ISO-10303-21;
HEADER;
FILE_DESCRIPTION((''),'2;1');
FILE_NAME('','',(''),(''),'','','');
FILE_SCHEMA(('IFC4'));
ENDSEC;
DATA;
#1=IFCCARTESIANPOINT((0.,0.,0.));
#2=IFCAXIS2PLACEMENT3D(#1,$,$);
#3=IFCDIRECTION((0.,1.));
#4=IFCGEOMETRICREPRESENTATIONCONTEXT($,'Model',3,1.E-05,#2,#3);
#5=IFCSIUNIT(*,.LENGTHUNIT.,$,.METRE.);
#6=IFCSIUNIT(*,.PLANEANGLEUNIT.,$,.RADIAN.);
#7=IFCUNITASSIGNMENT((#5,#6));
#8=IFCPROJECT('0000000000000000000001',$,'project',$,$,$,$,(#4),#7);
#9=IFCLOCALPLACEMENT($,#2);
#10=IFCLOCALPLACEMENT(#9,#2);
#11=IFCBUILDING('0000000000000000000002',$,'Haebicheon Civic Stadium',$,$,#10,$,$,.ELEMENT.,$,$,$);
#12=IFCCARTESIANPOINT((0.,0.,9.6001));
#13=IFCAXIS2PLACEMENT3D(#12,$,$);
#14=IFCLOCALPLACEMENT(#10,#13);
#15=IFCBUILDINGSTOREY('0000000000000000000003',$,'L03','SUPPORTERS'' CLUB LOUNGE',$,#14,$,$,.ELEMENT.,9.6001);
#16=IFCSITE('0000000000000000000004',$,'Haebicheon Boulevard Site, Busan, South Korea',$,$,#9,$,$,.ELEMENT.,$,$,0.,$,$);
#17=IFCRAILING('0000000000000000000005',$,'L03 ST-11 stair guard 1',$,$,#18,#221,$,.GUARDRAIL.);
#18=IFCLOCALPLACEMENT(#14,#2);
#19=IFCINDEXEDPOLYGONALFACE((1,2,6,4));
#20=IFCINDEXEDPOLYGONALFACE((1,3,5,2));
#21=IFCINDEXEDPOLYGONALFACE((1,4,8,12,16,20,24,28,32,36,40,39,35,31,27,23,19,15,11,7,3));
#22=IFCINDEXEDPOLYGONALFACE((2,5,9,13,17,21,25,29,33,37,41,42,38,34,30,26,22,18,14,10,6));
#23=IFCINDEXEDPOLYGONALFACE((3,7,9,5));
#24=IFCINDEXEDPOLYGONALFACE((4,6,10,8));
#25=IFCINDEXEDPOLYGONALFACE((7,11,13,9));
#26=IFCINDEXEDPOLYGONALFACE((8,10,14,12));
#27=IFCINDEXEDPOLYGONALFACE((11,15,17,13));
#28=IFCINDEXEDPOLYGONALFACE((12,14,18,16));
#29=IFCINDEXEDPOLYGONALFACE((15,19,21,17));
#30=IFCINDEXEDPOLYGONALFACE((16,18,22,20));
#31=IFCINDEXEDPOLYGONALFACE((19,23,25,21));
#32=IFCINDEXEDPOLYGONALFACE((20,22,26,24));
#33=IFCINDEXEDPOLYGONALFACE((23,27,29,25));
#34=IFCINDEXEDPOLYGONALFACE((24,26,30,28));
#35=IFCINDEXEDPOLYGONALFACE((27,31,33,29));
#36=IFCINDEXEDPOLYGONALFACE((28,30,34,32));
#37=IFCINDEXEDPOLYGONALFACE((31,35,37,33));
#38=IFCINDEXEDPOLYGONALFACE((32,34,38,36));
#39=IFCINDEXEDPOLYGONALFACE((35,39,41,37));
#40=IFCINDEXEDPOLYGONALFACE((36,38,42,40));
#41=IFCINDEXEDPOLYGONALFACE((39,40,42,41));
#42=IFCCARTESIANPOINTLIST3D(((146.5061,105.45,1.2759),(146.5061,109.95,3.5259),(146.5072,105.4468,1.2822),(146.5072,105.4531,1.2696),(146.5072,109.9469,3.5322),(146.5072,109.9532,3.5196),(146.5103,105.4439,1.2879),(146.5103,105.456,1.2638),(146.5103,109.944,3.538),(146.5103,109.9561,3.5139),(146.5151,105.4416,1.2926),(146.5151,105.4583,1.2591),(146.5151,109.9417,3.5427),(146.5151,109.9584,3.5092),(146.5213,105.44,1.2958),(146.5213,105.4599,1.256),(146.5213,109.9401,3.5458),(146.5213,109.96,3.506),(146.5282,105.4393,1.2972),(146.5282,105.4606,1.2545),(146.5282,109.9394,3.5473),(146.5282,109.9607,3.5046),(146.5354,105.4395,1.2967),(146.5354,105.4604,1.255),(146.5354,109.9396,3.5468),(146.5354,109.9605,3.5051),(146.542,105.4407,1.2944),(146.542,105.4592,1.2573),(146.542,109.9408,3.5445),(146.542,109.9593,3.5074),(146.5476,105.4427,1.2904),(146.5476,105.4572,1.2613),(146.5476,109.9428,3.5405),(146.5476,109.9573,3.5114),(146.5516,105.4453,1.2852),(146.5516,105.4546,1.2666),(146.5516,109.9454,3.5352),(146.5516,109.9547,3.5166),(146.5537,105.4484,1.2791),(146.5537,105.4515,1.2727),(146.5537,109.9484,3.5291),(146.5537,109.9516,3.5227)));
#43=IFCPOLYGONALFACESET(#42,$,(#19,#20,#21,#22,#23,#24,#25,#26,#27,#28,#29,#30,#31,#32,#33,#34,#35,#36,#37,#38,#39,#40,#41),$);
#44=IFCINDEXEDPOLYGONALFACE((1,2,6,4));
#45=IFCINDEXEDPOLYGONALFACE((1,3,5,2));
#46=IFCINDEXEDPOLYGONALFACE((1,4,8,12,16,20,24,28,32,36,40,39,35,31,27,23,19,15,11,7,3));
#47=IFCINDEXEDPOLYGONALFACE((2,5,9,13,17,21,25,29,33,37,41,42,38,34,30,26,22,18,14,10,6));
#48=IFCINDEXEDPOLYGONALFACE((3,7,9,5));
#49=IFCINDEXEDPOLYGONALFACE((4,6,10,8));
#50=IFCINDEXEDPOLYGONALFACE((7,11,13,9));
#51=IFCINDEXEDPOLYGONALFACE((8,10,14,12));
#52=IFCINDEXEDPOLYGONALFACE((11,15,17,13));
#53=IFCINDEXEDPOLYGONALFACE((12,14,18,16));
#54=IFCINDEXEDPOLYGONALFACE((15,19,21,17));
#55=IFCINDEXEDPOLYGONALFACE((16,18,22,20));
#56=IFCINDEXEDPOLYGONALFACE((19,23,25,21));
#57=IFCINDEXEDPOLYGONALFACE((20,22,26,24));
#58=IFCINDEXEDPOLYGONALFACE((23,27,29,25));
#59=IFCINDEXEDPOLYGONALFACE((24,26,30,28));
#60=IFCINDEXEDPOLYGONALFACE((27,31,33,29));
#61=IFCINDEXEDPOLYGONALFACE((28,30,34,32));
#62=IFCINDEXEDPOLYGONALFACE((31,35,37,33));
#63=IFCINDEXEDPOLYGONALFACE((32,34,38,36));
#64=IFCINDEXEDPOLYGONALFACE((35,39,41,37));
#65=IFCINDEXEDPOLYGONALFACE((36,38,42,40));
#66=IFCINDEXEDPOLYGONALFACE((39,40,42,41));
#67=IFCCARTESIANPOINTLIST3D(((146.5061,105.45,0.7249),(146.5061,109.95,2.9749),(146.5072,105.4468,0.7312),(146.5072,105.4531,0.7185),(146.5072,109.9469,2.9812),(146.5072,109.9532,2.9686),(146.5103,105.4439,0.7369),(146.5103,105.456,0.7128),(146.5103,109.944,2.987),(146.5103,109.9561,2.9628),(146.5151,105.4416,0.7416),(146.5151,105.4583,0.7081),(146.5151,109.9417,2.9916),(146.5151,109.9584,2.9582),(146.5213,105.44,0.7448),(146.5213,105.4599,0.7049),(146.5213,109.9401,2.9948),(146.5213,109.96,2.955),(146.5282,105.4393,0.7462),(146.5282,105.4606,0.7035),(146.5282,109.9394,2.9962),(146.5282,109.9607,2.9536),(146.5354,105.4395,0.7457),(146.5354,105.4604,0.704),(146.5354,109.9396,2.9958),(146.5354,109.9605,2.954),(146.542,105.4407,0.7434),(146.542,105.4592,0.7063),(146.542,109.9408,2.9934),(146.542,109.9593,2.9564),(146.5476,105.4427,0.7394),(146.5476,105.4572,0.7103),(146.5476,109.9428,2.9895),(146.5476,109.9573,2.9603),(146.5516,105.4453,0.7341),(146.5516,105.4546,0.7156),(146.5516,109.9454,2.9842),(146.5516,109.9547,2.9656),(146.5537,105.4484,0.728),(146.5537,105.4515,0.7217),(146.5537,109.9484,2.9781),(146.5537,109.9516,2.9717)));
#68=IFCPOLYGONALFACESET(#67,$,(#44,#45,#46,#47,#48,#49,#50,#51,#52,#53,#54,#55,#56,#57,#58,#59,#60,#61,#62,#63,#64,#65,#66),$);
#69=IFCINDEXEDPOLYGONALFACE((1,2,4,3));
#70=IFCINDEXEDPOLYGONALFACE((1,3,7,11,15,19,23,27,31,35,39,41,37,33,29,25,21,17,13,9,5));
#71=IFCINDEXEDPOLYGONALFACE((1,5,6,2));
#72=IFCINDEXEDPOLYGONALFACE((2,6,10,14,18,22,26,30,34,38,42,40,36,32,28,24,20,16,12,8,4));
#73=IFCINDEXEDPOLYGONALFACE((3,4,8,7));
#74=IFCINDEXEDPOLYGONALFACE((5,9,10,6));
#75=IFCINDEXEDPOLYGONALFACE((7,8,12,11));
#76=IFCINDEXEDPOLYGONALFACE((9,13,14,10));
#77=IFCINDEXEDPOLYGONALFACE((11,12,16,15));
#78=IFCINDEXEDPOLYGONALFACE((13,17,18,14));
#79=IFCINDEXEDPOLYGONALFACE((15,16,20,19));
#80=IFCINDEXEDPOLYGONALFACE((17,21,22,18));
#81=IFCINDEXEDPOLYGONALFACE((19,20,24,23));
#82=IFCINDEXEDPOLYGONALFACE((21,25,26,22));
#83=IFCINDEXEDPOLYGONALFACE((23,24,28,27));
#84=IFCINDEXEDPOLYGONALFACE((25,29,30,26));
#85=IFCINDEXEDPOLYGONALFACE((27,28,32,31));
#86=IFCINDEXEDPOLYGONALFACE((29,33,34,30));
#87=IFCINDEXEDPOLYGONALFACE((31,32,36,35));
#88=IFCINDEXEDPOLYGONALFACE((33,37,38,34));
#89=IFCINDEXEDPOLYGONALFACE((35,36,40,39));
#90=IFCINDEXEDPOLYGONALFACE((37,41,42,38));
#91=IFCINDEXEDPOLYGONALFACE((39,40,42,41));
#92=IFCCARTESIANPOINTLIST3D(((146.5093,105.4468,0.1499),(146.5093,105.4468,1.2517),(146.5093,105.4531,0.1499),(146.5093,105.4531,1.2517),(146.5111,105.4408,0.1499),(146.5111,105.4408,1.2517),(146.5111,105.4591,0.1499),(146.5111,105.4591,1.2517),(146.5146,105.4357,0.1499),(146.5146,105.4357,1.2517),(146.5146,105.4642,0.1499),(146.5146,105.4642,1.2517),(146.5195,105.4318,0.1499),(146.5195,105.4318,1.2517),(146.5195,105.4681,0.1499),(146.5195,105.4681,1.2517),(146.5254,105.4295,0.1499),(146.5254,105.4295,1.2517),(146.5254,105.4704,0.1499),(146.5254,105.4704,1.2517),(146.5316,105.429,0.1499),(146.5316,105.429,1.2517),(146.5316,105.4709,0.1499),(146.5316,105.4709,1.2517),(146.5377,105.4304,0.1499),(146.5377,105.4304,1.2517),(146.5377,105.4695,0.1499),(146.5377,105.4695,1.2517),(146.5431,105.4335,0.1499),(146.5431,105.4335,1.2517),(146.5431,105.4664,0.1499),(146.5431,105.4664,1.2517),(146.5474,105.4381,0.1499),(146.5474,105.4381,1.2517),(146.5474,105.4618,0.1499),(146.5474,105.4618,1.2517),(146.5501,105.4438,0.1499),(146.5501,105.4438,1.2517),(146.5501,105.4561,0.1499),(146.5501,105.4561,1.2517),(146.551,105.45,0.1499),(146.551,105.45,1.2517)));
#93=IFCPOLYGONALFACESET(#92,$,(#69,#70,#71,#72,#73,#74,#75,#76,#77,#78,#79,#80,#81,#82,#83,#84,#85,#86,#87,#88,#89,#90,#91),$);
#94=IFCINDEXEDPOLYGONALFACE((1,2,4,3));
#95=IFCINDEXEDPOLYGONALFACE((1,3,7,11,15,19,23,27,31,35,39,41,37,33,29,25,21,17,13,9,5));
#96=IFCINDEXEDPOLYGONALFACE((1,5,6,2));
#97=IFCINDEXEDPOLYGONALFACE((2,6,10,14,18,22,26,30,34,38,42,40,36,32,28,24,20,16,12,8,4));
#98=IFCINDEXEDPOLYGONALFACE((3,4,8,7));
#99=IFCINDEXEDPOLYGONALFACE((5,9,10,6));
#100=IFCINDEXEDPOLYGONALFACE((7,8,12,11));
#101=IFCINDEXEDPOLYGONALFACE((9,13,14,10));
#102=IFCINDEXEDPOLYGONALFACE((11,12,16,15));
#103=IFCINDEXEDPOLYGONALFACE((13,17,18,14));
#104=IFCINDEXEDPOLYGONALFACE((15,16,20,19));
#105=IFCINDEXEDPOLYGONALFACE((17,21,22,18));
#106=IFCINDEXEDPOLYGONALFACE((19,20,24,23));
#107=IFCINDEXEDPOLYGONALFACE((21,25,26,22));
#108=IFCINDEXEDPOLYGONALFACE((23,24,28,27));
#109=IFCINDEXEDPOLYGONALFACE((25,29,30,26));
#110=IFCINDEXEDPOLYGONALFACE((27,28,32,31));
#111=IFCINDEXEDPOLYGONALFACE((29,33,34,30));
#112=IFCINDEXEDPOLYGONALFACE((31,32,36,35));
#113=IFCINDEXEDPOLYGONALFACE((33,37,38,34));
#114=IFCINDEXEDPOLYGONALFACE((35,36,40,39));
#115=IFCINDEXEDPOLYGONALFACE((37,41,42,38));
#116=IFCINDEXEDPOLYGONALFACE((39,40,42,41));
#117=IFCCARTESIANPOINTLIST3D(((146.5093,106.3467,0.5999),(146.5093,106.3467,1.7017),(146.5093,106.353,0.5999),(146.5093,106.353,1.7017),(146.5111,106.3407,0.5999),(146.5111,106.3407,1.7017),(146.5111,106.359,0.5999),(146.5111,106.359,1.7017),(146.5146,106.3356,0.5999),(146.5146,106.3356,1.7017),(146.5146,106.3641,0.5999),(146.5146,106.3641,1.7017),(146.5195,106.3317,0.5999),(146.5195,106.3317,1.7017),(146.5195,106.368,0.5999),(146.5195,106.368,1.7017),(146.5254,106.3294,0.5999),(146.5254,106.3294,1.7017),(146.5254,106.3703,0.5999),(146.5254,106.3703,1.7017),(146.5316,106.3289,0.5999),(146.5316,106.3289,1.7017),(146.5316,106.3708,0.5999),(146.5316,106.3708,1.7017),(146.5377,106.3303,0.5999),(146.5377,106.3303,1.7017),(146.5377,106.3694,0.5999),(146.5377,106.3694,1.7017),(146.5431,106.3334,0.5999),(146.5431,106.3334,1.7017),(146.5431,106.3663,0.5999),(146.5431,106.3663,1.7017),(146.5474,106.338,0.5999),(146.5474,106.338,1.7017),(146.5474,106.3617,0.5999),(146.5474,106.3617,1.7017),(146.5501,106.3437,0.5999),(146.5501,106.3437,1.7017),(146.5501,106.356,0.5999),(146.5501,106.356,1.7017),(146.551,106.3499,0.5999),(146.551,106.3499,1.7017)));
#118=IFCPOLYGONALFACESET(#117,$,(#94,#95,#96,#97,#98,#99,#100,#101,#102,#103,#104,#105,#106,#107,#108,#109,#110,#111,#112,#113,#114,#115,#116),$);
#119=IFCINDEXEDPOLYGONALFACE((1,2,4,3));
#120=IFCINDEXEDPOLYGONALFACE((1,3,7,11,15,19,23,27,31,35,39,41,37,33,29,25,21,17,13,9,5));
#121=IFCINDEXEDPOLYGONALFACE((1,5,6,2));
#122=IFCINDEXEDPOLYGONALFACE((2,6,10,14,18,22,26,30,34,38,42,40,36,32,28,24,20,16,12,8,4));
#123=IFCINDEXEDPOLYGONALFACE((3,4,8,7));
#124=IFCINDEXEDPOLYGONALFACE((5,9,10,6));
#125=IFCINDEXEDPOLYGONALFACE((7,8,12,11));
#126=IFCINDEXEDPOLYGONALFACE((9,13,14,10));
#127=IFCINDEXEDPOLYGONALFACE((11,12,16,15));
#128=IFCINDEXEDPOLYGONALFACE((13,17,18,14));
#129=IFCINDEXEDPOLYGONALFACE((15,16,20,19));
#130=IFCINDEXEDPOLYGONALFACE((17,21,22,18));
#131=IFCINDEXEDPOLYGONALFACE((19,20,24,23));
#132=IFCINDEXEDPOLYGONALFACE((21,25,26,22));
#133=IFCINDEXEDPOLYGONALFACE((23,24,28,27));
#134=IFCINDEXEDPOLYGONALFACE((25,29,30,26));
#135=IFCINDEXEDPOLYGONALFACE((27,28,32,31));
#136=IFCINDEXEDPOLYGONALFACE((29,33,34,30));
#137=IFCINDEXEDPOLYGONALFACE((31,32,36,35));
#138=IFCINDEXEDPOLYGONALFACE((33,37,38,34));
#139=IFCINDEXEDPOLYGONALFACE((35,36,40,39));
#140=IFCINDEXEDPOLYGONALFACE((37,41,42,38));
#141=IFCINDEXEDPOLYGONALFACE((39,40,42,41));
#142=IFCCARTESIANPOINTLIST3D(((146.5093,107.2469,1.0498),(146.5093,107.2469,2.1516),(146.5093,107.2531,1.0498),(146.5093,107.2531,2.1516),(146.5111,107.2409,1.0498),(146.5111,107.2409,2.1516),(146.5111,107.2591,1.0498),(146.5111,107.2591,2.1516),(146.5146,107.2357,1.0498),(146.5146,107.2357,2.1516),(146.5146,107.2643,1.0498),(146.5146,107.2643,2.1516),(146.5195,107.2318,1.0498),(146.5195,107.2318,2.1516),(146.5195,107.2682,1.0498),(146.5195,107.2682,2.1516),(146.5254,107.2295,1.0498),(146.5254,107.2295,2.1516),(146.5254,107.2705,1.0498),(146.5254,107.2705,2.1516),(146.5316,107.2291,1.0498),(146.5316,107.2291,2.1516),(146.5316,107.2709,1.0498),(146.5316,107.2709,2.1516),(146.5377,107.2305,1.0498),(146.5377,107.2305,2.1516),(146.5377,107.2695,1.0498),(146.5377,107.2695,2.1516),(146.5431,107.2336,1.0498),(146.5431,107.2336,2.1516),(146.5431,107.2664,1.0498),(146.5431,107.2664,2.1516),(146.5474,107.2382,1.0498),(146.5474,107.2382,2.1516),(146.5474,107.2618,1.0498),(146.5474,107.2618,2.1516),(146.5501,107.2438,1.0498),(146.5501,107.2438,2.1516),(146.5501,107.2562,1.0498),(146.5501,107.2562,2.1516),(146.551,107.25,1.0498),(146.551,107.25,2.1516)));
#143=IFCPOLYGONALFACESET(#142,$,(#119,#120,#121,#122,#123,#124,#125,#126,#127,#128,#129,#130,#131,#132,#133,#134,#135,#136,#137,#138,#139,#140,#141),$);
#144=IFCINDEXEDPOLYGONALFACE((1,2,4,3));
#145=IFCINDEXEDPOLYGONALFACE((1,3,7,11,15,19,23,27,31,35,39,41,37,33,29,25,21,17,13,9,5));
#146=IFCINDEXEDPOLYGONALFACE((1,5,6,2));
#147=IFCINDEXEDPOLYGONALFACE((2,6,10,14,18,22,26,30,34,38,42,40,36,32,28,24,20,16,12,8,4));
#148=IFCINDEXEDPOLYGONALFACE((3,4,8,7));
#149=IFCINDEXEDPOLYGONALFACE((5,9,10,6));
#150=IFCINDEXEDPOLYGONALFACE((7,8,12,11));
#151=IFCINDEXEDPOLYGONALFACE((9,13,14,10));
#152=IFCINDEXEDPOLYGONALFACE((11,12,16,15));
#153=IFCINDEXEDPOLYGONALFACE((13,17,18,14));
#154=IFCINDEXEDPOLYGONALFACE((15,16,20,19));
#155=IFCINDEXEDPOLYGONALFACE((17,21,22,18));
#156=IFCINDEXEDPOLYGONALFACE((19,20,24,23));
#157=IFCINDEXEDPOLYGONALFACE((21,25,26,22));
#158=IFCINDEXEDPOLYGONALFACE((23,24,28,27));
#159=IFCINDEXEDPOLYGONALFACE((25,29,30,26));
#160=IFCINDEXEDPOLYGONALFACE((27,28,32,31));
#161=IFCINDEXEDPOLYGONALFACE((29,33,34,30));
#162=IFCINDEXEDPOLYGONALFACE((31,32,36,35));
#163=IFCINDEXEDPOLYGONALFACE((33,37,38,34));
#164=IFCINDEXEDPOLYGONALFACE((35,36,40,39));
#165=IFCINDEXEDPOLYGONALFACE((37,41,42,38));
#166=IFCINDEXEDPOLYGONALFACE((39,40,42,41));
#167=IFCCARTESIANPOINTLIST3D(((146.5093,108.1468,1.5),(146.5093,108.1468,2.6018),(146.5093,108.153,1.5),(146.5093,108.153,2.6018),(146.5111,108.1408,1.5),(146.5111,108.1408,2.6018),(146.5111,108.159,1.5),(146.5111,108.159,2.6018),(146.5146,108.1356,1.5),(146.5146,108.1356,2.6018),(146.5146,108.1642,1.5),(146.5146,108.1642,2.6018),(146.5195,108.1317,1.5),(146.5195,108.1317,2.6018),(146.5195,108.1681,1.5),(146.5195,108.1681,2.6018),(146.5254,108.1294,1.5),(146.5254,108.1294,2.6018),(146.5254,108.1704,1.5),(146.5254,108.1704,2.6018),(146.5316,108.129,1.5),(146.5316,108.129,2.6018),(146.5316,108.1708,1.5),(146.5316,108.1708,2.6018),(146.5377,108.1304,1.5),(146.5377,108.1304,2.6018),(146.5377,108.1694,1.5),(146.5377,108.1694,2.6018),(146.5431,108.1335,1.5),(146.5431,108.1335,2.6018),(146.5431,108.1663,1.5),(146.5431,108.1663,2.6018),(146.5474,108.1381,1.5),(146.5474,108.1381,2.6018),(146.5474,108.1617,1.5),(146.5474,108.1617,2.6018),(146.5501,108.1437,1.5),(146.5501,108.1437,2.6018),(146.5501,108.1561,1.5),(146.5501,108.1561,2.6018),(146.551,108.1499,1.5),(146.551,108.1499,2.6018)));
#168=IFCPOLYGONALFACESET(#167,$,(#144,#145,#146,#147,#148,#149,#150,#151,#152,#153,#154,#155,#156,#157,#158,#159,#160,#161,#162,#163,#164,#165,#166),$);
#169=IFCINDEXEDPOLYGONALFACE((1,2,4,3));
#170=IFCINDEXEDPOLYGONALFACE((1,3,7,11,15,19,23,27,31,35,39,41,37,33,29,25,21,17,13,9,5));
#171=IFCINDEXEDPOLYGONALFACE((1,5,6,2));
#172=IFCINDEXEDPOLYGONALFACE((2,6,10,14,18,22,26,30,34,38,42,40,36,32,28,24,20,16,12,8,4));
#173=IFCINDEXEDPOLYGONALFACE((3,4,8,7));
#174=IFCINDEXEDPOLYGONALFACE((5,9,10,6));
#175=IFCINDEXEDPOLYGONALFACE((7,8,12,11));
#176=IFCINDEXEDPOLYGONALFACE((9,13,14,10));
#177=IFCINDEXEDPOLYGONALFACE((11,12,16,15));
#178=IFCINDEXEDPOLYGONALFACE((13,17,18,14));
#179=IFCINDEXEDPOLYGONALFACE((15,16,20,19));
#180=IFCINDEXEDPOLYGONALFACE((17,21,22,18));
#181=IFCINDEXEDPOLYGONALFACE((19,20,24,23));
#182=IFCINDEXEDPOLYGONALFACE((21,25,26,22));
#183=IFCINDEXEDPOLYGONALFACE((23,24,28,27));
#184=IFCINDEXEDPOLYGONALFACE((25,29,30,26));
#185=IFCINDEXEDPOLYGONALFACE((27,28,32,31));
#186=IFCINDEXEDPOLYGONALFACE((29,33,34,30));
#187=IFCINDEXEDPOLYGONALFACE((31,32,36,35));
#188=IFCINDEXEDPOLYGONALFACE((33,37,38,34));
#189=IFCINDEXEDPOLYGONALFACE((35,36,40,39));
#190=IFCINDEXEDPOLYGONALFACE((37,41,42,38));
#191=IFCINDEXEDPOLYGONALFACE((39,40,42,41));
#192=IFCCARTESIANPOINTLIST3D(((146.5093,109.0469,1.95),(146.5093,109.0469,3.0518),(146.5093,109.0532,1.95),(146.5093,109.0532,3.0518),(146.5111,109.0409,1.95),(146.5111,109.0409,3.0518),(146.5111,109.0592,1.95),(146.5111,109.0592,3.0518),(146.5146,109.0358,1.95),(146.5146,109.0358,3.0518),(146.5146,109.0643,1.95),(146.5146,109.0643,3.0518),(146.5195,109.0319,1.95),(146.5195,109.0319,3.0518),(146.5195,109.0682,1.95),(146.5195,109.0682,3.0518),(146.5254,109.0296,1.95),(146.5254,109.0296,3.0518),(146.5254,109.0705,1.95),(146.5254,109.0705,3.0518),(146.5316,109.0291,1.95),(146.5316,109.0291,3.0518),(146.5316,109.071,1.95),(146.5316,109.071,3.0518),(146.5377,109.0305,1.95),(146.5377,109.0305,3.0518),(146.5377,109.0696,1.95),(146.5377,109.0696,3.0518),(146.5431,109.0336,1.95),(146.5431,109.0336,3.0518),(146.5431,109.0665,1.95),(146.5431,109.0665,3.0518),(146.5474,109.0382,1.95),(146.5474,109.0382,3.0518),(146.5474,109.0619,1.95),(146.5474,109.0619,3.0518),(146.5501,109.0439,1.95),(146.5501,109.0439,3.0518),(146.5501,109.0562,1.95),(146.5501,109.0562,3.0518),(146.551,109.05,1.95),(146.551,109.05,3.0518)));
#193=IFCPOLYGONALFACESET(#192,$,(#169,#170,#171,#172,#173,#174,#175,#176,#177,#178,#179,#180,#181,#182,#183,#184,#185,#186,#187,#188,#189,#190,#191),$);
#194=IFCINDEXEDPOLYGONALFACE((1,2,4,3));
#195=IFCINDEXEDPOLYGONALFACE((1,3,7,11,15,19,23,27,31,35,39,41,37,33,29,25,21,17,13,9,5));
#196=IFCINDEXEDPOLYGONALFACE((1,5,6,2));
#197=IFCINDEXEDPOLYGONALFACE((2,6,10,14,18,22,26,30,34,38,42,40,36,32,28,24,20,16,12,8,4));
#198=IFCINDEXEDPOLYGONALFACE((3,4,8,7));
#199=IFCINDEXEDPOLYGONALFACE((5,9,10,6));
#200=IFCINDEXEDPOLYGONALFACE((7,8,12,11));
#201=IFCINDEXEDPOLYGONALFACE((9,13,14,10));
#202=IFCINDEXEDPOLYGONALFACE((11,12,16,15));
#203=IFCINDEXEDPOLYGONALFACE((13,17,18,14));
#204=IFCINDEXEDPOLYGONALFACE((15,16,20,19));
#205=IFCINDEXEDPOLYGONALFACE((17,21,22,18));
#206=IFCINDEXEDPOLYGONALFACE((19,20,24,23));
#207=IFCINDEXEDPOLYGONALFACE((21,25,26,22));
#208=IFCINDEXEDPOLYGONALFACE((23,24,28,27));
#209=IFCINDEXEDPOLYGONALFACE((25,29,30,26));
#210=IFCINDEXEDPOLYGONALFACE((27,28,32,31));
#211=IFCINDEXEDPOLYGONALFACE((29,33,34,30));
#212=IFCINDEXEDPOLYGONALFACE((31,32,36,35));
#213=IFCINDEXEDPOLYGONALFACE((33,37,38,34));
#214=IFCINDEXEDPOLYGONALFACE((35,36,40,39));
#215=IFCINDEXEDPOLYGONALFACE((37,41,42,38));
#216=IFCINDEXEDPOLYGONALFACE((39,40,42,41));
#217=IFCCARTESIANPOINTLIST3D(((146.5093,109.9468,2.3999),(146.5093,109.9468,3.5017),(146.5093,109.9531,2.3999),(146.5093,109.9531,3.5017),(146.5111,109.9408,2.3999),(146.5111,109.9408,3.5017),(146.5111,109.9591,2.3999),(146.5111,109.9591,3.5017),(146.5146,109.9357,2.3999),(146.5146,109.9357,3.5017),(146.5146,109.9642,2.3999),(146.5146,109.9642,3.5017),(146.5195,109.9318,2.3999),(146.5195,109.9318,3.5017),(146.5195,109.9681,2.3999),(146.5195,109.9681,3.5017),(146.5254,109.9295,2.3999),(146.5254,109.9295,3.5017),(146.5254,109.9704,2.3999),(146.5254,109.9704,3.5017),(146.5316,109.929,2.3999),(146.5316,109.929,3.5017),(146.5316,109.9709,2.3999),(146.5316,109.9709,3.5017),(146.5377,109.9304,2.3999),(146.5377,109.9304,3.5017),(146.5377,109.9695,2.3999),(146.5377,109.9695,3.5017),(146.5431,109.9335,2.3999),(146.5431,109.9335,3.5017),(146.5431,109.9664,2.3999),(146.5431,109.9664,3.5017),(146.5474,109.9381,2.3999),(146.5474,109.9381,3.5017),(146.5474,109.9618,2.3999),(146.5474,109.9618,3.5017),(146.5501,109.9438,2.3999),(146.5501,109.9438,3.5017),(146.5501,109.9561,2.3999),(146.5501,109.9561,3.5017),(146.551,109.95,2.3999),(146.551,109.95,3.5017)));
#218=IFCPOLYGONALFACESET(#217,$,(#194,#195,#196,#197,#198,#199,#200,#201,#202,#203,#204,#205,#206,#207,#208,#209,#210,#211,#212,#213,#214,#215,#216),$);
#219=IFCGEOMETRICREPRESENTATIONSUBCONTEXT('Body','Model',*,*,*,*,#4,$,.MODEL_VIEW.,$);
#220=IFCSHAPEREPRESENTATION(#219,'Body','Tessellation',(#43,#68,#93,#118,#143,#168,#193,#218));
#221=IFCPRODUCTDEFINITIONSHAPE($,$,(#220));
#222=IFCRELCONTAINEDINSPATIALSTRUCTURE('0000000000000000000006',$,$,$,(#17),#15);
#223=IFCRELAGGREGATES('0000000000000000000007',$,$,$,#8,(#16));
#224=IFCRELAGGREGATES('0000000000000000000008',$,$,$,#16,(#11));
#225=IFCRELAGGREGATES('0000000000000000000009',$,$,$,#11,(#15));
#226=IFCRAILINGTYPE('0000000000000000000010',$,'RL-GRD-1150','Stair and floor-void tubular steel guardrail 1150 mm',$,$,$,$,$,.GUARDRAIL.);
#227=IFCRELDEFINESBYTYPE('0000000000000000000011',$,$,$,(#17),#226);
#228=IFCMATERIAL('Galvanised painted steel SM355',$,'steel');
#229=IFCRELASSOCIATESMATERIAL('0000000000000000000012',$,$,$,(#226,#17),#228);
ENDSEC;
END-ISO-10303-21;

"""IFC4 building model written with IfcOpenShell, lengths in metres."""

from ifc_helpers import new_model, si_unit, direction, frame, origin, origin_2d, place, context, subcontext, project, spatial, circle, extrude, material, type_object, element, save


model = new_model("IFC4")

# Units and contexts
model_context = context("Model", 3, precision=1e-05, world=origin(), true_north=direction((0.0, 1.0)))
body_context = subcontext(model_context, "Body", "Model", "MODEL_VIEW")
ifc_project = project(units=[si_unit("LENGTHUNIT", "METRE"), si_unit("PLANEANGLEUNIT", "RADIAN")], contexts=[model_context])

# Site, building, storey
site_placement = place(None, origin())
site = spatial("IfcSite", under=ifc_project, at=site_placement, Name="Haebicheon Boulevard Site, Busan, South Korea", CompositionType="ELEMENT", RefElevation=0.0)
building_placement = place(site_placement, origin())
building = spatial("IfcBuilding", under=site, at=building_placement, Name="Haebicheon Civic Stadium", CompositionType="ELEMENT")
storey_placement = place(building_placement, frame((0.0, 0.0, 9.6001)))
storey = spatial("IfcBuildingStorey", under=building, at=storey_placement, Name="L03", Description="SUPPORTERS' CLUB LOUNGE", CompositionType="ELEMENT", Elevation=9.6001)

# Railing
ifc_material_1 = material(Name="Galvanised painted steel SM355", Category="steel")
railing_type_1 = type_object("IfcRailingType", Name="RL-GRD-1150", Description="Stair and floor-void tubular steel guardrail 1150 mm", PredefinedType="GUARDRAIL", material=ifc_material_1)
railing_1_placement = place(storey_placement, frame((146.53, 105.45, 0.1499)))
element("IfcRailing", 1, at=railing_1_placement, inside=storey, type_object=railing_type_1, material=ifc_material_1, Name="L03 ST-11 stair guard 1", PredefinedType="GUARDRAIL", context=body_context, shape_type="SweptSolid", body=[
    extrude(circle(Radius=0.0239, at=origin_2d()), frame((0.0, 0.0, 1.126), z_axis=(0.0, 0.894427, 0.447214), x_axis=(-1.0, 0.0, 0.0)), (0.0, 0.0, 1.0), 5.0312),
    extrude(circle(Radius=0.0239, at=origin_2d()), frame((0.0, 0.0, 0.575), z_axis=(0.0, 0.894427, 0.447214), x_axis=(-1.0, 0.0, 0.0)), (0.0, 0.0, 1.0), 5.0312),
    extrude(circle(Radius=0.021, at=origin_2d()), origin(), (0.0, 0.0, 1.0), 1.1018),
    extrude(circle(Radius=0.021, at=origin_2d()), frame((0.0, 0.8999, 0.45)), (0.0, 0.0, 1.0), 1.1018),
    extrude(circle(Radius=0.021, at=origin_2d()), frame((0.0, 1.8, 0.8999)), (0.0, 0.0, 1.0), 1.1018),
    extrude(circle(Radius=0.021, at=origin_2d()), frame((0.0, 2.7, 1.3501)), (0.0, 0.0, 1.0), 1.1018),
    extrude(circle(Radius=0.021, at=origin_2d()), frame((0.0, 3.6001, 1.8)), (0.0, 0.0, 1.0), 1.1018),
    extrude(circle(Radius=0.021, at=origin_2d()), frame((0.0, 4.5, 2.25)), (0.0, 0.0, 1.0), 1.1018),
])

save(model, "model.ifc")
